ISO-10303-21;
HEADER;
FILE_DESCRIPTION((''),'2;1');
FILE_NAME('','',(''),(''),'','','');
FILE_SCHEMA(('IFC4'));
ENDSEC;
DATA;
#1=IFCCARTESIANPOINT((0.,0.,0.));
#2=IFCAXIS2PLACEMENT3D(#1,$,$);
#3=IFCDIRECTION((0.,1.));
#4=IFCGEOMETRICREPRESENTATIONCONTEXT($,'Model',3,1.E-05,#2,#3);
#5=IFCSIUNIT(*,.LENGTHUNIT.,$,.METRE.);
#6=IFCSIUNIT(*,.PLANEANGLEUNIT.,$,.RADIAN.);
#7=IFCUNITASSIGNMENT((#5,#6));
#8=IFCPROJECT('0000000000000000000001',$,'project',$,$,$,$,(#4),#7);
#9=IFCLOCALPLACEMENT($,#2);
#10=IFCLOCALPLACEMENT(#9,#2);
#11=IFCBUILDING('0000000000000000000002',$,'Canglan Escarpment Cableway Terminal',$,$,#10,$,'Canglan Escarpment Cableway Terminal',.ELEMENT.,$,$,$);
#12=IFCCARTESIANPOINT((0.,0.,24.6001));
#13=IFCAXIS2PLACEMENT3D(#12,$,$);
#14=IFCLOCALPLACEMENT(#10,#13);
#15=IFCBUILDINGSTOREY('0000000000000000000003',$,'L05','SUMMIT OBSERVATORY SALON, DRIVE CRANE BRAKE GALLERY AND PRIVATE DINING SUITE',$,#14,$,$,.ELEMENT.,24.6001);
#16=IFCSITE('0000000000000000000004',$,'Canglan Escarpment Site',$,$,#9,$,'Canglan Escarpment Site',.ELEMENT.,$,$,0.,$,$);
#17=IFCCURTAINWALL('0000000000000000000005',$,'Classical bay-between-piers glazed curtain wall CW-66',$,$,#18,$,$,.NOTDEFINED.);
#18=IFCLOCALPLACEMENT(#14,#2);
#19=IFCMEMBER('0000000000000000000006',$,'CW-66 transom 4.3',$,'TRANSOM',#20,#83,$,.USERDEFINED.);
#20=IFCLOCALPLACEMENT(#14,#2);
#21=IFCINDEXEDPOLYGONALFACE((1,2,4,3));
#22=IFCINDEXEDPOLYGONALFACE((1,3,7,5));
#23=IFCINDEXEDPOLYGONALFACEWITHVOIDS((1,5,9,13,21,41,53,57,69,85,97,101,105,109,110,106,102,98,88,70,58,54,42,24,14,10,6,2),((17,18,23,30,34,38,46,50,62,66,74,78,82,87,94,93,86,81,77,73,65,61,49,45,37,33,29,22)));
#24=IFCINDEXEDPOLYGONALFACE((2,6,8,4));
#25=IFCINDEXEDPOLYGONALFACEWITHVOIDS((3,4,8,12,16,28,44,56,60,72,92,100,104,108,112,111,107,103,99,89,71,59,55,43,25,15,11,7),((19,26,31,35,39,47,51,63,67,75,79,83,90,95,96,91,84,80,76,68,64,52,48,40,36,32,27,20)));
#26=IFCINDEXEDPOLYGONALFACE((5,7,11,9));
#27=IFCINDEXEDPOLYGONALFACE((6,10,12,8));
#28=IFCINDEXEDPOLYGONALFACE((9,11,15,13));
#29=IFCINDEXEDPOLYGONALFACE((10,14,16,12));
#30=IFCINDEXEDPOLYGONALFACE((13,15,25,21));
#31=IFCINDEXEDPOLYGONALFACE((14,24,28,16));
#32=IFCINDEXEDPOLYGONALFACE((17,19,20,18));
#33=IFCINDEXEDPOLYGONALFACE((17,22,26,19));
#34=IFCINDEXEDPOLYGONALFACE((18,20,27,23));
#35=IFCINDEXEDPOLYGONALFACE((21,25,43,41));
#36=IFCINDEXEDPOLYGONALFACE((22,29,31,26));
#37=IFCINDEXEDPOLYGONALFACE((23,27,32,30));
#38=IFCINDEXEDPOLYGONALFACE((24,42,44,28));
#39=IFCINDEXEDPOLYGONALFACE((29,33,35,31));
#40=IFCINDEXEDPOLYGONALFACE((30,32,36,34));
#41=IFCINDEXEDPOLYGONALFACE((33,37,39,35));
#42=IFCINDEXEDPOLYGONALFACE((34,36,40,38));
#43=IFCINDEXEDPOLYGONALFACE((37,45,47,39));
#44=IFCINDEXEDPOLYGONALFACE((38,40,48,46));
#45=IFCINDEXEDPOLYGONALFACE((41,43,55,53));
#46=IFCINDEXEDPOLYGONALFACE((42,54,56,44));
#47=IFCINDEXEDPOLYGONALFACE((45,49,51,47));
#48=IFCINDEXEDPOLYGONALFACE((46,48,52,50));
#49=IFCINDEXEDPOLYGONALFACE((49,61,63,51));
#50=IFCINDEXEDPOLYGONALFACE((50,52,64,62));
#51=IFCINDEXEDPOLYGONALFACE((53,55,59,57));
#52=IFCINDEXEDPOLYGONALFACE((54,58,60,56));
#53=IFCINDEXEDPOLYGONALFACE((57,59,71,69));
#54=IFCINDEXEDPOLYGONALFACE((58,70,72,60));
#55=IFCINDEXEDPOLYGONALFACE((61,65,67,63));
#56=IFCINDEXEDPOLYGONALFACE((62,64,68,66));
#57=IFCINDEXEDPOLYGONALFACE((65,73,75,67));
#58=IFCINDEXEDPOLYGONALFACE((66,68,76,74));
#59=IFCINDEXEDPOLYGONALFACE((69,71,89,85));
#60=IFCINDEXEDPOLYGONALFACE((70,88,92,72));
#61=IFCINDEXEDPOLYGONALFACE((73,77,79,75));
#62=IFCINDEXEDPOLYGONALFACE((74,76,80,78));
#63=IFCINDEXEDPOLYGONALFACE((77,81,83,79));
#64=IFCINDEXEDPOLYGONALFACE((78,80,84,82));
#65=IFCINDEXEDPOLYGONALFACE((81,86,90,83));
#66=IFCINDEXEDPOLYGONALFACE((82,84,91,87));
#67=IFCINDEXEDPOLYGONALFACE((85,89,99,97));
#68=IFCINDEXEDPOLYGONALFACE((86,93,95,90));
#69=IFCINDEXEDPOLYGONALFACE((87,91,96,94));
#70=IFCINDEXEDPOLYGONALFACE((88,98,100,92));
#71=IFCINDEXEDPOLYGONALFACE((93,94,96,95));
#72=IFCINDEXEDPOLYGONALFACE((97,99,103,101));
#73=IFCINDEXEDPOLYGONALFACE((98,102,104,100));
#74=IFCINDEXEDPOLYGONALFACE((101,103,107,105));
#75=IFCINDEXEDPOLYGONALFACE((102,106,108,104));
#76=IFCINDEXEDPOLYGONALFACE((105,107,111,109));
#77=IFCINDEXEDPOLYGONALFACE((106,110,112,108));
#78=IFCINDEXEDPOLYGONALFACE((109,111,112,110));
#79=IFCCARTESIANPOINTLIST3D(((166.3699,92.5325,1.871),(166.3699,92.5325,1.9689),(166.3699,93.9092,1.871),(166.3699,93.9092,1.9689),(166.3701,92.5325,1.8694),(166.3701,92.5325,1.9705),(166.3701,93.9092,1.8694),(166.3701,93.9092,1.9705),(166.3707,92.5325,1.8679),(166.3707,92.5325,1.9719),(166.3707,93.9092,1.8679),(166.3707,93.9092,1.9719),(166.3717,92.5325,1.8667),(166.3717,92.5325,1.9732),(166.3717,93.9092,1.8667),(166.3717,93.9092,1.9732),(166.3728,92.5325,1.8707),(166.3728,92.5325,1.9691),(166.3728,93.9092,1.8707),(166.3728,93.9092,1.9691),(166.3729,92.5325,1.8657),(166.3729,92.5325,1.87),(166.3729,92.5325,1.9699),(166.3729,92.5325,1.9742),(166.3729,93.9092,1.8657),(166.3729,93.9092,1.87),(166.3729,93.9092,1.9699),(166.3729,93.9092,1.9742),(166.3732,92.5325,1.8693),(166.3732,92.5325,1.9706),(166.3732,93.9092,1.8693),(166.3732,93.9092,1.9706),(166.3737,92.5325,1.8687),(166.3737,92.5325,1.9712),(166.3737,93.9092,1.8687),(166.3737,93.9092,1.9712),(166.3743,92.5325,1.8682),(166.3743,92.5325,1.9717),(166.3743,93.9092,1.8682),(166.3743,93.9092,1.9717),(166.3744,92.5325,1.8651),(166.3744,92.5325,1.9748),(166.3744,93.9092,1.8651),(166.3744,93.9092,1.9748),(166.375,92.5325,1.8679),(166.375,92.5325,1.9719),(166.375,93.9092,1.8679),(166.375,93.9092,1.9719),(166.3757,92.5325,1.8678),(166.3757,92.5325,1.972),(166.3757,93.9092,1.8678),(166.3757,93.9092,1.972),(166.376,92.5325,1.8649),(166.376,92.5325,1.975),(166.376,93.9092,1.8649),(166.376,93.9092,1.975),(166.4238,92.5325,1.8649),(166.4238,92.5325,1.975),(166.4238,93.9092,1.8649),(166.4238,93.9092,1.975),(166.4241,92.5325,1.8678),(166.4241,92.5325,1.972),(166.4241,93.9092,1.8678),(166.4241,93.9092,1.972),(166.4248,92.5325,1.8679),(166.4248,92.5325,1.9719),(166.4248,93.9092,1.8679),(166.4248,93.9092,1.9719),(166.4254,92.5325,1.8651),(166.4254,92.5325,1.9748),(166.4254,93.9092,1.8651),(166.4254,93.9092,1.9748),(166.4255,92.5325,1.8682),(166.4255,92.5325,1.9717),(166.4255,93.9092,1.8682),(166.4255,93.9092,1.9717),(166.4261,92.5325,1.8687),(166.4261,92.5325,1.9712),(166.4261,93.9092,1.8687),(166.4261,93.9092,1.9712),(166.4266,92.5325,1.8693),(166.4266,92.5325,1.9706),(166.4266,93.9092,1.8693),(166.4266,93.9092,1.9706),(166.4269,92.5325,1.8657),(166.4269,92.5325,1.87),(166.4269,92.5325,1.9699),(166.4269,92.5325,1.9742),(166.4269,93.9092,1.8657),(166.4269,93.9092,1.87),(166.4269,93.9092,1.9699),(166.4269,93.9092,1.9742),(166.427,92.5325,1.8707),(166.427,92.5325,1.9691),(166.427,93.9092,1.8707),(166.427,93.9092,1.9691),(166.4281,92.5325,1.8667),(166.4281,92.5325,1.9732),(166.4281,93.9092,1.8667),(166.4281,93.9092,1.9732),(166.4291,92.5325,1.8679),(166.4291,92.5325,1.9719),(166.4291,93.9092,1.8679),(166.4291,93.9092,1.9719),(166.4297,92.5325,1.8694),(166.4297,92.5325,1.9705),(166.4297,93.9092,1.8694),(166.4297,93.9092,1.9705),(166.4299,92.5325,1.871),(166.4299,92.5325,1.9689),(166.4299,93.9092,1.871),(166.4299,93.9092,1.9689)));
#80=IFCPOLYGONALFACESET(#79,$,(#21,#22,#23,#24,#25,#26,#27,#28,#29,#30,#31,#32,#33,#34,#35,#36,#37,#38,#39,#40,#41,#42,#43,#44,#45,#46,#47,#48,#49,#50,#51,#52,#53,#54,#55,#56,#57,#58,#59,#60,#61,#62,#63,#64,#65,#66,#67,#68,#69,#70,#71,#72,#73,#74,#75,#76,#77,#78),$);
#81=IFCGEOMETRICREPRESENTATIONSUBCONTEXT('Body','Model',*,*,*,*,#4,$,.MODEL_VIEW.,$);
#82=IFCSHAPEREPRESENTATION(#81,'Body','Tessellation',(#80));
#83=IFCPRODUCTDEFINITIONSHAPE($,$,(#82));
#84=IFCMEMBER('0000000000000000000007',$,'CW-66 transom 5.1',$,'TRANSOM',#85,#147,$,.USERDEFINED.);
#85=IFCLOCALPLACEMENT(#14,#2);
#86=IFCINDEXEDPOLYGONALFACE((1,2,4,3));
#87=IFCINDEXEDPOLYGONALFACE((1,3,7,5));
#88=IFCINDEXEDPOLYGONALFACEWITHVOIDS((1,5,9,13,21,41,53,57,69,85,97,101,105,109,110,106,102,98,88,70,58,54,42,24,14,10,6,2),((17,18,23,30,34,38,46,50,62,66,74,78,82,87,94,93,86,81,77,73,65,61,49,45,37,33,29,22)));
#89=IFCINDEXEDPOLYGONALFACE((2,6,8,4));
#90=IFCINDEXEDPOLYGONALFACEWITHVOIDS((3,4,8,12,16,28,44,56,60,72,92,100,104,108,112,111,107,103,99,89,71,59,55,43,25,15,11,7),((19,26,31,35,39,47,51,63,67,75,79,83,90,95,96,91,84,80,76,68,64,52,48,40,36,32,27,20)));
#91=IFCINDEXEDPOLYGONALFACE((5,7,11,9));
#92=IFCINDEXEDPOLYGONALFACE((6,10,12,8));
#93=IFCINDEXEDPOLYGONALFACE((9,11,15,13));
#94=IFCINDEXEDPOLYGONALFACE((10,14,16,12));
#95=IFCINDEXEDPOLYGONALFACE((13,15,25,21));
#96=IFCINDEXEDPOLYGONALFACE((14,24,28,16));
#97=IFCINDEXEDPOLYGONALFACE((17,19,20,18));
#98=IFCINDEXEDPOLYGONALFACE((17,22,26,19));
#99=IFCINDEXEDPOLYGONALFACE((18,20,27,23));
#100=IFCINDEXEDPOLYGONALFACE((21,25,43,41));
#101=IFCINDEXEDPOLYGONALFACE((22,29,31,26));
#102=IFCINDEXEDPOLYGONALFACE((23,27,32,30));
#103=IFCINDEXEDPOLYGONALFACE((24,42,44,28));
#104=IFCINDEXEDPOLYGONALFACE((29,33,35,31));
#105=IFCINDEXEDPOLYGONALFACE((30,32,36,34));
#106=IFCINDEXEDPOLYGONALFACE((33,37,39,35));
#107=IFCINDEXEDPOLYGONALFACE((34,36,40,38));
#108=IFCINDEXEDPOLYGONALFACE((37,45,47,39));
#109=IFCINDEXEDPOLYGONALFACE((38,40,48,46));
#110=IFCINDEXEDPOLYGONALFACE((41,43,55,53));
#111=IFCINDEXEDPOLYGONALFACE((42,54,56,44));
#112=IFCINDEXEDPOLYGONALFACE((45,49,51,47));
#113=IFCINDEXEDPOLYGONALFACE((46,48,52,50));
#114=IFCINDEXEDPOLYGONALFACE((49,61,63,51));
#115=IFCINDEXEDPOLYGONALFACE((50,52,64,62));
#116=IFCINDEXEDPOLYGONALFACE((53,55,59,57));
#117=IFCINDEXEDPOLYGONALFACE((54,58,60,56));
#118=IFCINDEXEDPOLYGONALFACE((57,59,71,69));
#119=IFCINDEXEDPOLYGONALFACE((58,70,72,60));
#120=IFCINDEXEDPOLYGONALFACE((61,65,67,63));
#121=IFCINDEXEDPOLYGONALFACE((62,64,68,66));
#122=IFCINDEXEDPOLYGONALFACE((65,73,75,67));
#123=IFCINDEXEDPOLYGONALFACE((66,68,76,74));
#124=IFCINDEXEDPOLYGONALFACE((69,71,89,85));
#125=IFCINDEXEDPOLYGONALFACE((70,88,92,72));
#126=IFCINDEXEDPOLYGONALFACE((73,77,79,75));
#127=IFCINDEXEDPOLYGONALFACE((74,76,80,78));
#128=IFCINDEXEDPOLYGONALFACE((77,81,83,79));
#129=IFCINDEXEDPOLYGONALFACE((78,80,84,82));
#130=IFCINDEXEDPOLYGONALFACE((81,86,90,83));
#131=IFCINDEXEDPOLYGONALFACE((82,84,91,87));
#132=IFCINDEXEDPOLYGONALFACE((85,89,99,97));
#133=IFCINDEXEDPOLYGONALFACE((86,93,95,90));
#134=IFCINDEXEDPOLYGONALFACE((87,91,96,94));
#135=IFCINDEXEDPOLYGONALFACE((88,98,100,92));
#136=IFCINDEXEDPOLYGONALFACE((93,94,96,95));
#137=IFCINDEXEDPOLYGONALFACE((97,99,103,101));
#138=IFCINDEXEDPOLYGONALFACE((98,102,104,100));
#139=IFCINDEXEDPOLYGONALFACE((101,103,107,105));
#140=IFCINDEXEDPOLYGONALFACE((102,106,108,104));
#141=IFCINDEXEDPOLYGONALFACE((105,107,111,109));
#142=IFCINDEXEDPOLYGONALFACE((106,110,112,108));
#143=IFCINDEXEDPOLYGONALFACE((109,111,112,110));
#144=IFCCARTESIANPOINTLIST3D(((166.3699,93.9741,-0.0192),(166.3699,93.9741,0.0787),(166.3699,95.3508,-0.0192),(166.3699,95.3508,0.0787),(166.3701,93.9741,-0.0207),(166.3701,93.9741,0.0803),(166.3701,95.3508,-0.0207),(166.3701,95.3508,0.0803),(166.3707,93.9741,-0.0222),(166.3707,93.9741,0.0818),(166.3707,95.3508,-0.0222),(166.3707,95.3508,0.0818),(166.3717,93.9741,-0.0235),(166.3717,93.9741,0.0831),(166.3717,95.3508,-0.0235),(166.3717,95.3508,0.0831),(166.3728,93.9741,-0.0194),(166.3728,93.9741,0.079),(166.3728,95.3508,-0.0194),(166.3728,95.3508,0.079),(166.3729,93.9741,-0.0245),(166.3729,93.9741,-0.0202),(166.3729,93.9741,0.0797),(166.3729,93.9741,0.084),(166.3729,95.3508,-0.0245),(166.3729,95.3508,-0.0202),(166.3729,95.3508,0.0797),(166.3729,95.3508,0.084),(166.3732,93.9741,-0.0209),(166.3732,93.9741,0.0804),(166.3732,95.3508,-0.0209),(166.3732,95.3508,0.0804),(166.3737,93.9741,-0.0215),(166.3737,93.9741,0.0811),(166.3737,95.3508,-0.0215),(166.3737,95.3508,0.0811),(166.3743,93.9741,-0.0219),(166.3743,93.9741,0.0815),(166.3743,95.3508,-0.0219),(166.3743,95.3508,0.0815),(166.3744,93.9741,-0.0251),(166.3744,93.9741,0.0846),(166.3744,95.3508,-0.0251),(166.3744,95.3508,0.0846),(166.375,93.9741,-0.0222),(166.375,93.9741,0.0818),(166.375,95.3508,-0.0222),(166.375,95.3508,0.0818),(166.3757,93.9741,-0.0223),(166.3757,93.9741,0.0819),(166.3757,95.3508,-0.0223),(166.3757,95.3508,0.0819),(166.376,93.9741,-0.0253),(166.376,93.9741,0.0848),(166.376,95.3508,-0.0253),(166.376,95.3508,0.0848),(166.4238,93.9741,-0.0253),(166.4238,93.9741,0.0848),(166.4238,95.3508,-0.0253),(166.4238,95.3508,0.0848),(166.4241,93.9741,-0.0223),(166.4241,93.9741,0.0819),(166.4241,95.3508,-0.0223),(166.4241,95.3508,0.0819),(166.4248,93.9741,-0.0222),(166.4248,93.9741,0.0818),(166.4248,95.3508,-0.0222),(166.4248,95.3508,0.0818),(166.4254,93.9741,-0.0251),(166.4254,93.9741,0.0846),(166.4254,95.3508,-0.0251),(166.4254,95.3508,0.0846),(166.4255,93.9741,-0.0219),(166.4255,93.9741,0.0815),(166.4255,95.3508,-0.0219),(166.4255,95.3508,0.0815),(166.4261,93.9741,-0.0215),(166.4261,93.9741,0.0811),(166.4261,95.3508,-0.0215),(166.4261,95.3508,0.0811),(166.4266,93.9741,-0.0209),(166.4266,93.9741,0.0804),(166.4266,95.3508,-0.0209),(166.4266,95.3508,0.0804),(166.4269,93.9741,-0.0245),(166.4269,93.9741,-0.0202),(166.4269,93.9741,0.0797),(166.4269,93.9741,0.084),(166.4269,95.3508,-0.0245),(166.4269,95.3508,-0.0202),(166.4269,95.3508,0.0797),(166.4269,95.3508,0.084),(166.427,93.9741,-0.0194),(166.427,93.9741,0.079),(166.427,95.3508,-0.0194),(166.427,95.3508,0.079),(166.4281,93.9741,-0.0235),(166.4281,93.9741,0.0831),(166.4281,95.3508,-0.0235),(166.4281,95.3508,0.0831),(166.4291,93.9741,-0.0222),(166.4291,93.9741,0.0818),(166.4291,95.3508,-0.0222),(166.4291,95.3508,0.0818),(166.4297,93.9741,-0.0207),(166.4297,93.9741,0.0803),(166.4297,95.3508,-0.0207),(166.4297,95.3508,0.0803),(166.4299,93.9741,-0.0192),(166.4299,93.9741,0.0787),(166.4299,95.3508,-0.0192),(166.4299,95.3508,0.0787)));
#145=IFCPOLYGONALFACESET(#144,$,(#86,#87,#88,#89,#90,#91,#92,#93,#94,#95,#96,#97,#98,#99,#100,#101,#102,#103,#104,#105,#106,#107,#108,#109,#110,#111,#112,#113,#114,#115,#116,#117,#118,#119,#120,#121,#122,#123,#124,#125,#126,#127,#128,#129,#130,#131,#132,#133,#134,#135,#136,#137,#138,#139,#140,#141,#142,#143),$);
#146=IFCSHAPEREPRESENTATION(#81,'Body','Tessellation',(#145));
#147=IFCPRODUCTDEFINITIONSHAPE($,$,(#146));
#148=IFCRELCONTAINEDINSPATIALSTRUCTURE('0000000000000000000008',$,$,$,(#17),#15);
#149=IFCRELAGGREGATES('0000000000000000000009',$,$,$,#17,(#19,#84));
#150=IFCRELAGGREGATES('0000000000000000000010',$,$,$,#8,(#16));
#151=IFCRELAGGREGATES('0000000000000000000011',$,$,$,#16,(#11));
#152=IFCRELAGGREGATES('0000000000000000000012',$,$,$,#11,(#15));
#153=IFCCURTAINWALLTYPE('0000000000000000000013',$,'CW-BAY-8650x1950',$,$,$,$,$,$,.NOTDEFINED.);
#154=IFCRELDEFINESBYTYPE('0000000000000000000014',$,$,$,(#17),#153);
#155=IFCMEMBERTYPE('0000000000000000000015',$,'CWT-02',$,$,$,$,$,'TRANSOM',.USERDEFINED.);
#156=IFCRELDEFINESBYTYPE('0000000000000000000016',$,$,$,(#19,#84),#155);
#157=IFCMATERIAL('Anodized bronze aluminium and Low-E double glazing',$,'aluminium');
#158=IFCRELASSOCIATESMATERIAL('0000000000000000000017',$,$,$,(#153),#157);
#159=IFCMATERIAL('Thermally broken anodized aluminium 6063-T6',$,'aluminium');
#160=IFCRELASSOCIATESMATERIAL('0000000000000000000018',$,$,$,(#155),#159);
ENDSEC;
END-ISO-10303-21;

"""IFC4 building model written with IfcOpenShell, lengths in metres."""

from ifc_helpers import new_model, si_unit, direction, frame, origin, origin_2d, place, context, subcontext, project, spatial, hollow_rectangle, extrude, material, material_profile, profile_set, type_object, element, aggregate, save


model = new_model("IFC4")

# Units and contexts
model_context = context("Model", 3, precision=1e-05, world=origin(), true_north=direction((0.0, 1.0)))
body_context = subcontext(model_context, "Body", "Model", "MODEL_VIEW")
ifc_project = project(units=[si_unit("LENGTHUNIT", "METRE"), si_unit("PLANEANGLEUNIT", "RADIAN")], contexts=[model_context])

# Site, building, storey
site_placement = place(None, origin())
site = spatial("IfcSite", under=ifc_project, at=site_placement, Name="Canglan Escarpment Site", LongName="Canglan Escarpment Site", CompositionType="ELEMENT", RefElevation=0.0)
building_placement = place(site_placement, origin())
building = spatial("IfcBuilding", under=site, at=building_placement, Name="Canglan Escarpment Cableway Terminal", LongName="Canglan Escarpment Cableway Terminal", CompositionType="ELEMENT")
storey_placement = place(building_placement, frame((0.0, 0.0, 24.6001)))
storey = spatial("IfcBuildingStorey", under=building, at=storey_placement, Name="L05", Description="SUMMIT OBSERVATORY SALON, DRIVE CRANE BRAKE GALLERY AND PRIVATE DINING SUITE", CompositionType="ELEMENT", Elevation=24.6001)

# Curtain wall
ifc_material_1 = material(Name="Anodized bronze aluminium and Low-E double glazing", Category="aluminium")
curtain_wall_type = type_object("IfcCurtainWallType", Name="CW-BAY-8650x1950", PredefinedType="NOTDEFINED", material=ifc_material_1)
curtain_wall_1_placement = place(storey_placement, origin())
curtain_wall_1 = element("IfcCurtainWall", 1, at=curtain_wall_1_placement, inside=storey, type_object=curtain_wall_type, Name="Classical bay-between-piers glazed curtain wall CW-66", PredefinedType="NOTDEFINED")
ifc_material_2 = material(Name="Thermally broken anodized aluminium 6063-T6", Category="aluminium")

# Members
ifc_material_profile_1 = material_profile(ifc_material_2, hollow_rectangle(XDim=0.0601, YDim=0.1101, WallThickness=0.0029, InnerFilletRadius=0.0029, OuterFilletRadius=0.0061, at=origin_2d()), Name="ALU-TRAN 60x110x3")
ifc_profile_set_1 = profile_set([ifc_material_profile_1], Name="Thermally broken anodized aluminium 6063-T6")
member_type_1 = type_object("IfcMemberType", Name="CWT-02", ElementType="TRANSOM", PredefinedType="USERDEFINED", material=ifc_profile_set_1)
member_1_placement = place(storey_placement, frame((166.3999, 92.5325, 1.9199), z_axis=(0.0, 1.0, 0.0), x_axis=(-1.0, 0.0, 0.0)))
member_1 = element("IfcMember", 2, at=member_1_placement, type_object=member_type_1, Name="CW-66 transom 4.3", ObjectType="TRANSOM", PredefinedType="USERDEFINED", context=body_context, shape_type="SweptSolid", body=[
    extrude(hollow_rectangle(XDim=0.0601, YDim=0.1101, WallThickness=0.0029, InnerFilletRadius=0.0029, OuterFilletRadius=0.0061, at=origin_2d()), origin(), (0.0, 0.0, 1.0), 1.3767),
])
member_2_placement = place(storey_placement, frame((166.3999, 93.9741, 0.0298), z_axis=(0.0, 1.0, 0.0), x_axis=(-1.0, 0.0, 0.0)))
member_2 = element("IfcMember", 3, at=member_2_placement, type_object=member_type_1, Name="CW-66 transom 5.1", ObjectType="TRANSOM", PredefinedType="USERDEFINED", context=body_context, shape_type="SweptSolid", body=[
    extrude(hollow_rectangle(XDim=0.0601, YDim=0.1101, WallThickness=0.0029, InnerFilletRadius=0.0029, OuterFilletRadius=0.0061, at=origin_2d()), origin(), (0.0, 0.0, 1.0), 1.3767),
])

aggregate(curtain_wall_1, [member_1, member_2])

save(model, "model.ifc")
